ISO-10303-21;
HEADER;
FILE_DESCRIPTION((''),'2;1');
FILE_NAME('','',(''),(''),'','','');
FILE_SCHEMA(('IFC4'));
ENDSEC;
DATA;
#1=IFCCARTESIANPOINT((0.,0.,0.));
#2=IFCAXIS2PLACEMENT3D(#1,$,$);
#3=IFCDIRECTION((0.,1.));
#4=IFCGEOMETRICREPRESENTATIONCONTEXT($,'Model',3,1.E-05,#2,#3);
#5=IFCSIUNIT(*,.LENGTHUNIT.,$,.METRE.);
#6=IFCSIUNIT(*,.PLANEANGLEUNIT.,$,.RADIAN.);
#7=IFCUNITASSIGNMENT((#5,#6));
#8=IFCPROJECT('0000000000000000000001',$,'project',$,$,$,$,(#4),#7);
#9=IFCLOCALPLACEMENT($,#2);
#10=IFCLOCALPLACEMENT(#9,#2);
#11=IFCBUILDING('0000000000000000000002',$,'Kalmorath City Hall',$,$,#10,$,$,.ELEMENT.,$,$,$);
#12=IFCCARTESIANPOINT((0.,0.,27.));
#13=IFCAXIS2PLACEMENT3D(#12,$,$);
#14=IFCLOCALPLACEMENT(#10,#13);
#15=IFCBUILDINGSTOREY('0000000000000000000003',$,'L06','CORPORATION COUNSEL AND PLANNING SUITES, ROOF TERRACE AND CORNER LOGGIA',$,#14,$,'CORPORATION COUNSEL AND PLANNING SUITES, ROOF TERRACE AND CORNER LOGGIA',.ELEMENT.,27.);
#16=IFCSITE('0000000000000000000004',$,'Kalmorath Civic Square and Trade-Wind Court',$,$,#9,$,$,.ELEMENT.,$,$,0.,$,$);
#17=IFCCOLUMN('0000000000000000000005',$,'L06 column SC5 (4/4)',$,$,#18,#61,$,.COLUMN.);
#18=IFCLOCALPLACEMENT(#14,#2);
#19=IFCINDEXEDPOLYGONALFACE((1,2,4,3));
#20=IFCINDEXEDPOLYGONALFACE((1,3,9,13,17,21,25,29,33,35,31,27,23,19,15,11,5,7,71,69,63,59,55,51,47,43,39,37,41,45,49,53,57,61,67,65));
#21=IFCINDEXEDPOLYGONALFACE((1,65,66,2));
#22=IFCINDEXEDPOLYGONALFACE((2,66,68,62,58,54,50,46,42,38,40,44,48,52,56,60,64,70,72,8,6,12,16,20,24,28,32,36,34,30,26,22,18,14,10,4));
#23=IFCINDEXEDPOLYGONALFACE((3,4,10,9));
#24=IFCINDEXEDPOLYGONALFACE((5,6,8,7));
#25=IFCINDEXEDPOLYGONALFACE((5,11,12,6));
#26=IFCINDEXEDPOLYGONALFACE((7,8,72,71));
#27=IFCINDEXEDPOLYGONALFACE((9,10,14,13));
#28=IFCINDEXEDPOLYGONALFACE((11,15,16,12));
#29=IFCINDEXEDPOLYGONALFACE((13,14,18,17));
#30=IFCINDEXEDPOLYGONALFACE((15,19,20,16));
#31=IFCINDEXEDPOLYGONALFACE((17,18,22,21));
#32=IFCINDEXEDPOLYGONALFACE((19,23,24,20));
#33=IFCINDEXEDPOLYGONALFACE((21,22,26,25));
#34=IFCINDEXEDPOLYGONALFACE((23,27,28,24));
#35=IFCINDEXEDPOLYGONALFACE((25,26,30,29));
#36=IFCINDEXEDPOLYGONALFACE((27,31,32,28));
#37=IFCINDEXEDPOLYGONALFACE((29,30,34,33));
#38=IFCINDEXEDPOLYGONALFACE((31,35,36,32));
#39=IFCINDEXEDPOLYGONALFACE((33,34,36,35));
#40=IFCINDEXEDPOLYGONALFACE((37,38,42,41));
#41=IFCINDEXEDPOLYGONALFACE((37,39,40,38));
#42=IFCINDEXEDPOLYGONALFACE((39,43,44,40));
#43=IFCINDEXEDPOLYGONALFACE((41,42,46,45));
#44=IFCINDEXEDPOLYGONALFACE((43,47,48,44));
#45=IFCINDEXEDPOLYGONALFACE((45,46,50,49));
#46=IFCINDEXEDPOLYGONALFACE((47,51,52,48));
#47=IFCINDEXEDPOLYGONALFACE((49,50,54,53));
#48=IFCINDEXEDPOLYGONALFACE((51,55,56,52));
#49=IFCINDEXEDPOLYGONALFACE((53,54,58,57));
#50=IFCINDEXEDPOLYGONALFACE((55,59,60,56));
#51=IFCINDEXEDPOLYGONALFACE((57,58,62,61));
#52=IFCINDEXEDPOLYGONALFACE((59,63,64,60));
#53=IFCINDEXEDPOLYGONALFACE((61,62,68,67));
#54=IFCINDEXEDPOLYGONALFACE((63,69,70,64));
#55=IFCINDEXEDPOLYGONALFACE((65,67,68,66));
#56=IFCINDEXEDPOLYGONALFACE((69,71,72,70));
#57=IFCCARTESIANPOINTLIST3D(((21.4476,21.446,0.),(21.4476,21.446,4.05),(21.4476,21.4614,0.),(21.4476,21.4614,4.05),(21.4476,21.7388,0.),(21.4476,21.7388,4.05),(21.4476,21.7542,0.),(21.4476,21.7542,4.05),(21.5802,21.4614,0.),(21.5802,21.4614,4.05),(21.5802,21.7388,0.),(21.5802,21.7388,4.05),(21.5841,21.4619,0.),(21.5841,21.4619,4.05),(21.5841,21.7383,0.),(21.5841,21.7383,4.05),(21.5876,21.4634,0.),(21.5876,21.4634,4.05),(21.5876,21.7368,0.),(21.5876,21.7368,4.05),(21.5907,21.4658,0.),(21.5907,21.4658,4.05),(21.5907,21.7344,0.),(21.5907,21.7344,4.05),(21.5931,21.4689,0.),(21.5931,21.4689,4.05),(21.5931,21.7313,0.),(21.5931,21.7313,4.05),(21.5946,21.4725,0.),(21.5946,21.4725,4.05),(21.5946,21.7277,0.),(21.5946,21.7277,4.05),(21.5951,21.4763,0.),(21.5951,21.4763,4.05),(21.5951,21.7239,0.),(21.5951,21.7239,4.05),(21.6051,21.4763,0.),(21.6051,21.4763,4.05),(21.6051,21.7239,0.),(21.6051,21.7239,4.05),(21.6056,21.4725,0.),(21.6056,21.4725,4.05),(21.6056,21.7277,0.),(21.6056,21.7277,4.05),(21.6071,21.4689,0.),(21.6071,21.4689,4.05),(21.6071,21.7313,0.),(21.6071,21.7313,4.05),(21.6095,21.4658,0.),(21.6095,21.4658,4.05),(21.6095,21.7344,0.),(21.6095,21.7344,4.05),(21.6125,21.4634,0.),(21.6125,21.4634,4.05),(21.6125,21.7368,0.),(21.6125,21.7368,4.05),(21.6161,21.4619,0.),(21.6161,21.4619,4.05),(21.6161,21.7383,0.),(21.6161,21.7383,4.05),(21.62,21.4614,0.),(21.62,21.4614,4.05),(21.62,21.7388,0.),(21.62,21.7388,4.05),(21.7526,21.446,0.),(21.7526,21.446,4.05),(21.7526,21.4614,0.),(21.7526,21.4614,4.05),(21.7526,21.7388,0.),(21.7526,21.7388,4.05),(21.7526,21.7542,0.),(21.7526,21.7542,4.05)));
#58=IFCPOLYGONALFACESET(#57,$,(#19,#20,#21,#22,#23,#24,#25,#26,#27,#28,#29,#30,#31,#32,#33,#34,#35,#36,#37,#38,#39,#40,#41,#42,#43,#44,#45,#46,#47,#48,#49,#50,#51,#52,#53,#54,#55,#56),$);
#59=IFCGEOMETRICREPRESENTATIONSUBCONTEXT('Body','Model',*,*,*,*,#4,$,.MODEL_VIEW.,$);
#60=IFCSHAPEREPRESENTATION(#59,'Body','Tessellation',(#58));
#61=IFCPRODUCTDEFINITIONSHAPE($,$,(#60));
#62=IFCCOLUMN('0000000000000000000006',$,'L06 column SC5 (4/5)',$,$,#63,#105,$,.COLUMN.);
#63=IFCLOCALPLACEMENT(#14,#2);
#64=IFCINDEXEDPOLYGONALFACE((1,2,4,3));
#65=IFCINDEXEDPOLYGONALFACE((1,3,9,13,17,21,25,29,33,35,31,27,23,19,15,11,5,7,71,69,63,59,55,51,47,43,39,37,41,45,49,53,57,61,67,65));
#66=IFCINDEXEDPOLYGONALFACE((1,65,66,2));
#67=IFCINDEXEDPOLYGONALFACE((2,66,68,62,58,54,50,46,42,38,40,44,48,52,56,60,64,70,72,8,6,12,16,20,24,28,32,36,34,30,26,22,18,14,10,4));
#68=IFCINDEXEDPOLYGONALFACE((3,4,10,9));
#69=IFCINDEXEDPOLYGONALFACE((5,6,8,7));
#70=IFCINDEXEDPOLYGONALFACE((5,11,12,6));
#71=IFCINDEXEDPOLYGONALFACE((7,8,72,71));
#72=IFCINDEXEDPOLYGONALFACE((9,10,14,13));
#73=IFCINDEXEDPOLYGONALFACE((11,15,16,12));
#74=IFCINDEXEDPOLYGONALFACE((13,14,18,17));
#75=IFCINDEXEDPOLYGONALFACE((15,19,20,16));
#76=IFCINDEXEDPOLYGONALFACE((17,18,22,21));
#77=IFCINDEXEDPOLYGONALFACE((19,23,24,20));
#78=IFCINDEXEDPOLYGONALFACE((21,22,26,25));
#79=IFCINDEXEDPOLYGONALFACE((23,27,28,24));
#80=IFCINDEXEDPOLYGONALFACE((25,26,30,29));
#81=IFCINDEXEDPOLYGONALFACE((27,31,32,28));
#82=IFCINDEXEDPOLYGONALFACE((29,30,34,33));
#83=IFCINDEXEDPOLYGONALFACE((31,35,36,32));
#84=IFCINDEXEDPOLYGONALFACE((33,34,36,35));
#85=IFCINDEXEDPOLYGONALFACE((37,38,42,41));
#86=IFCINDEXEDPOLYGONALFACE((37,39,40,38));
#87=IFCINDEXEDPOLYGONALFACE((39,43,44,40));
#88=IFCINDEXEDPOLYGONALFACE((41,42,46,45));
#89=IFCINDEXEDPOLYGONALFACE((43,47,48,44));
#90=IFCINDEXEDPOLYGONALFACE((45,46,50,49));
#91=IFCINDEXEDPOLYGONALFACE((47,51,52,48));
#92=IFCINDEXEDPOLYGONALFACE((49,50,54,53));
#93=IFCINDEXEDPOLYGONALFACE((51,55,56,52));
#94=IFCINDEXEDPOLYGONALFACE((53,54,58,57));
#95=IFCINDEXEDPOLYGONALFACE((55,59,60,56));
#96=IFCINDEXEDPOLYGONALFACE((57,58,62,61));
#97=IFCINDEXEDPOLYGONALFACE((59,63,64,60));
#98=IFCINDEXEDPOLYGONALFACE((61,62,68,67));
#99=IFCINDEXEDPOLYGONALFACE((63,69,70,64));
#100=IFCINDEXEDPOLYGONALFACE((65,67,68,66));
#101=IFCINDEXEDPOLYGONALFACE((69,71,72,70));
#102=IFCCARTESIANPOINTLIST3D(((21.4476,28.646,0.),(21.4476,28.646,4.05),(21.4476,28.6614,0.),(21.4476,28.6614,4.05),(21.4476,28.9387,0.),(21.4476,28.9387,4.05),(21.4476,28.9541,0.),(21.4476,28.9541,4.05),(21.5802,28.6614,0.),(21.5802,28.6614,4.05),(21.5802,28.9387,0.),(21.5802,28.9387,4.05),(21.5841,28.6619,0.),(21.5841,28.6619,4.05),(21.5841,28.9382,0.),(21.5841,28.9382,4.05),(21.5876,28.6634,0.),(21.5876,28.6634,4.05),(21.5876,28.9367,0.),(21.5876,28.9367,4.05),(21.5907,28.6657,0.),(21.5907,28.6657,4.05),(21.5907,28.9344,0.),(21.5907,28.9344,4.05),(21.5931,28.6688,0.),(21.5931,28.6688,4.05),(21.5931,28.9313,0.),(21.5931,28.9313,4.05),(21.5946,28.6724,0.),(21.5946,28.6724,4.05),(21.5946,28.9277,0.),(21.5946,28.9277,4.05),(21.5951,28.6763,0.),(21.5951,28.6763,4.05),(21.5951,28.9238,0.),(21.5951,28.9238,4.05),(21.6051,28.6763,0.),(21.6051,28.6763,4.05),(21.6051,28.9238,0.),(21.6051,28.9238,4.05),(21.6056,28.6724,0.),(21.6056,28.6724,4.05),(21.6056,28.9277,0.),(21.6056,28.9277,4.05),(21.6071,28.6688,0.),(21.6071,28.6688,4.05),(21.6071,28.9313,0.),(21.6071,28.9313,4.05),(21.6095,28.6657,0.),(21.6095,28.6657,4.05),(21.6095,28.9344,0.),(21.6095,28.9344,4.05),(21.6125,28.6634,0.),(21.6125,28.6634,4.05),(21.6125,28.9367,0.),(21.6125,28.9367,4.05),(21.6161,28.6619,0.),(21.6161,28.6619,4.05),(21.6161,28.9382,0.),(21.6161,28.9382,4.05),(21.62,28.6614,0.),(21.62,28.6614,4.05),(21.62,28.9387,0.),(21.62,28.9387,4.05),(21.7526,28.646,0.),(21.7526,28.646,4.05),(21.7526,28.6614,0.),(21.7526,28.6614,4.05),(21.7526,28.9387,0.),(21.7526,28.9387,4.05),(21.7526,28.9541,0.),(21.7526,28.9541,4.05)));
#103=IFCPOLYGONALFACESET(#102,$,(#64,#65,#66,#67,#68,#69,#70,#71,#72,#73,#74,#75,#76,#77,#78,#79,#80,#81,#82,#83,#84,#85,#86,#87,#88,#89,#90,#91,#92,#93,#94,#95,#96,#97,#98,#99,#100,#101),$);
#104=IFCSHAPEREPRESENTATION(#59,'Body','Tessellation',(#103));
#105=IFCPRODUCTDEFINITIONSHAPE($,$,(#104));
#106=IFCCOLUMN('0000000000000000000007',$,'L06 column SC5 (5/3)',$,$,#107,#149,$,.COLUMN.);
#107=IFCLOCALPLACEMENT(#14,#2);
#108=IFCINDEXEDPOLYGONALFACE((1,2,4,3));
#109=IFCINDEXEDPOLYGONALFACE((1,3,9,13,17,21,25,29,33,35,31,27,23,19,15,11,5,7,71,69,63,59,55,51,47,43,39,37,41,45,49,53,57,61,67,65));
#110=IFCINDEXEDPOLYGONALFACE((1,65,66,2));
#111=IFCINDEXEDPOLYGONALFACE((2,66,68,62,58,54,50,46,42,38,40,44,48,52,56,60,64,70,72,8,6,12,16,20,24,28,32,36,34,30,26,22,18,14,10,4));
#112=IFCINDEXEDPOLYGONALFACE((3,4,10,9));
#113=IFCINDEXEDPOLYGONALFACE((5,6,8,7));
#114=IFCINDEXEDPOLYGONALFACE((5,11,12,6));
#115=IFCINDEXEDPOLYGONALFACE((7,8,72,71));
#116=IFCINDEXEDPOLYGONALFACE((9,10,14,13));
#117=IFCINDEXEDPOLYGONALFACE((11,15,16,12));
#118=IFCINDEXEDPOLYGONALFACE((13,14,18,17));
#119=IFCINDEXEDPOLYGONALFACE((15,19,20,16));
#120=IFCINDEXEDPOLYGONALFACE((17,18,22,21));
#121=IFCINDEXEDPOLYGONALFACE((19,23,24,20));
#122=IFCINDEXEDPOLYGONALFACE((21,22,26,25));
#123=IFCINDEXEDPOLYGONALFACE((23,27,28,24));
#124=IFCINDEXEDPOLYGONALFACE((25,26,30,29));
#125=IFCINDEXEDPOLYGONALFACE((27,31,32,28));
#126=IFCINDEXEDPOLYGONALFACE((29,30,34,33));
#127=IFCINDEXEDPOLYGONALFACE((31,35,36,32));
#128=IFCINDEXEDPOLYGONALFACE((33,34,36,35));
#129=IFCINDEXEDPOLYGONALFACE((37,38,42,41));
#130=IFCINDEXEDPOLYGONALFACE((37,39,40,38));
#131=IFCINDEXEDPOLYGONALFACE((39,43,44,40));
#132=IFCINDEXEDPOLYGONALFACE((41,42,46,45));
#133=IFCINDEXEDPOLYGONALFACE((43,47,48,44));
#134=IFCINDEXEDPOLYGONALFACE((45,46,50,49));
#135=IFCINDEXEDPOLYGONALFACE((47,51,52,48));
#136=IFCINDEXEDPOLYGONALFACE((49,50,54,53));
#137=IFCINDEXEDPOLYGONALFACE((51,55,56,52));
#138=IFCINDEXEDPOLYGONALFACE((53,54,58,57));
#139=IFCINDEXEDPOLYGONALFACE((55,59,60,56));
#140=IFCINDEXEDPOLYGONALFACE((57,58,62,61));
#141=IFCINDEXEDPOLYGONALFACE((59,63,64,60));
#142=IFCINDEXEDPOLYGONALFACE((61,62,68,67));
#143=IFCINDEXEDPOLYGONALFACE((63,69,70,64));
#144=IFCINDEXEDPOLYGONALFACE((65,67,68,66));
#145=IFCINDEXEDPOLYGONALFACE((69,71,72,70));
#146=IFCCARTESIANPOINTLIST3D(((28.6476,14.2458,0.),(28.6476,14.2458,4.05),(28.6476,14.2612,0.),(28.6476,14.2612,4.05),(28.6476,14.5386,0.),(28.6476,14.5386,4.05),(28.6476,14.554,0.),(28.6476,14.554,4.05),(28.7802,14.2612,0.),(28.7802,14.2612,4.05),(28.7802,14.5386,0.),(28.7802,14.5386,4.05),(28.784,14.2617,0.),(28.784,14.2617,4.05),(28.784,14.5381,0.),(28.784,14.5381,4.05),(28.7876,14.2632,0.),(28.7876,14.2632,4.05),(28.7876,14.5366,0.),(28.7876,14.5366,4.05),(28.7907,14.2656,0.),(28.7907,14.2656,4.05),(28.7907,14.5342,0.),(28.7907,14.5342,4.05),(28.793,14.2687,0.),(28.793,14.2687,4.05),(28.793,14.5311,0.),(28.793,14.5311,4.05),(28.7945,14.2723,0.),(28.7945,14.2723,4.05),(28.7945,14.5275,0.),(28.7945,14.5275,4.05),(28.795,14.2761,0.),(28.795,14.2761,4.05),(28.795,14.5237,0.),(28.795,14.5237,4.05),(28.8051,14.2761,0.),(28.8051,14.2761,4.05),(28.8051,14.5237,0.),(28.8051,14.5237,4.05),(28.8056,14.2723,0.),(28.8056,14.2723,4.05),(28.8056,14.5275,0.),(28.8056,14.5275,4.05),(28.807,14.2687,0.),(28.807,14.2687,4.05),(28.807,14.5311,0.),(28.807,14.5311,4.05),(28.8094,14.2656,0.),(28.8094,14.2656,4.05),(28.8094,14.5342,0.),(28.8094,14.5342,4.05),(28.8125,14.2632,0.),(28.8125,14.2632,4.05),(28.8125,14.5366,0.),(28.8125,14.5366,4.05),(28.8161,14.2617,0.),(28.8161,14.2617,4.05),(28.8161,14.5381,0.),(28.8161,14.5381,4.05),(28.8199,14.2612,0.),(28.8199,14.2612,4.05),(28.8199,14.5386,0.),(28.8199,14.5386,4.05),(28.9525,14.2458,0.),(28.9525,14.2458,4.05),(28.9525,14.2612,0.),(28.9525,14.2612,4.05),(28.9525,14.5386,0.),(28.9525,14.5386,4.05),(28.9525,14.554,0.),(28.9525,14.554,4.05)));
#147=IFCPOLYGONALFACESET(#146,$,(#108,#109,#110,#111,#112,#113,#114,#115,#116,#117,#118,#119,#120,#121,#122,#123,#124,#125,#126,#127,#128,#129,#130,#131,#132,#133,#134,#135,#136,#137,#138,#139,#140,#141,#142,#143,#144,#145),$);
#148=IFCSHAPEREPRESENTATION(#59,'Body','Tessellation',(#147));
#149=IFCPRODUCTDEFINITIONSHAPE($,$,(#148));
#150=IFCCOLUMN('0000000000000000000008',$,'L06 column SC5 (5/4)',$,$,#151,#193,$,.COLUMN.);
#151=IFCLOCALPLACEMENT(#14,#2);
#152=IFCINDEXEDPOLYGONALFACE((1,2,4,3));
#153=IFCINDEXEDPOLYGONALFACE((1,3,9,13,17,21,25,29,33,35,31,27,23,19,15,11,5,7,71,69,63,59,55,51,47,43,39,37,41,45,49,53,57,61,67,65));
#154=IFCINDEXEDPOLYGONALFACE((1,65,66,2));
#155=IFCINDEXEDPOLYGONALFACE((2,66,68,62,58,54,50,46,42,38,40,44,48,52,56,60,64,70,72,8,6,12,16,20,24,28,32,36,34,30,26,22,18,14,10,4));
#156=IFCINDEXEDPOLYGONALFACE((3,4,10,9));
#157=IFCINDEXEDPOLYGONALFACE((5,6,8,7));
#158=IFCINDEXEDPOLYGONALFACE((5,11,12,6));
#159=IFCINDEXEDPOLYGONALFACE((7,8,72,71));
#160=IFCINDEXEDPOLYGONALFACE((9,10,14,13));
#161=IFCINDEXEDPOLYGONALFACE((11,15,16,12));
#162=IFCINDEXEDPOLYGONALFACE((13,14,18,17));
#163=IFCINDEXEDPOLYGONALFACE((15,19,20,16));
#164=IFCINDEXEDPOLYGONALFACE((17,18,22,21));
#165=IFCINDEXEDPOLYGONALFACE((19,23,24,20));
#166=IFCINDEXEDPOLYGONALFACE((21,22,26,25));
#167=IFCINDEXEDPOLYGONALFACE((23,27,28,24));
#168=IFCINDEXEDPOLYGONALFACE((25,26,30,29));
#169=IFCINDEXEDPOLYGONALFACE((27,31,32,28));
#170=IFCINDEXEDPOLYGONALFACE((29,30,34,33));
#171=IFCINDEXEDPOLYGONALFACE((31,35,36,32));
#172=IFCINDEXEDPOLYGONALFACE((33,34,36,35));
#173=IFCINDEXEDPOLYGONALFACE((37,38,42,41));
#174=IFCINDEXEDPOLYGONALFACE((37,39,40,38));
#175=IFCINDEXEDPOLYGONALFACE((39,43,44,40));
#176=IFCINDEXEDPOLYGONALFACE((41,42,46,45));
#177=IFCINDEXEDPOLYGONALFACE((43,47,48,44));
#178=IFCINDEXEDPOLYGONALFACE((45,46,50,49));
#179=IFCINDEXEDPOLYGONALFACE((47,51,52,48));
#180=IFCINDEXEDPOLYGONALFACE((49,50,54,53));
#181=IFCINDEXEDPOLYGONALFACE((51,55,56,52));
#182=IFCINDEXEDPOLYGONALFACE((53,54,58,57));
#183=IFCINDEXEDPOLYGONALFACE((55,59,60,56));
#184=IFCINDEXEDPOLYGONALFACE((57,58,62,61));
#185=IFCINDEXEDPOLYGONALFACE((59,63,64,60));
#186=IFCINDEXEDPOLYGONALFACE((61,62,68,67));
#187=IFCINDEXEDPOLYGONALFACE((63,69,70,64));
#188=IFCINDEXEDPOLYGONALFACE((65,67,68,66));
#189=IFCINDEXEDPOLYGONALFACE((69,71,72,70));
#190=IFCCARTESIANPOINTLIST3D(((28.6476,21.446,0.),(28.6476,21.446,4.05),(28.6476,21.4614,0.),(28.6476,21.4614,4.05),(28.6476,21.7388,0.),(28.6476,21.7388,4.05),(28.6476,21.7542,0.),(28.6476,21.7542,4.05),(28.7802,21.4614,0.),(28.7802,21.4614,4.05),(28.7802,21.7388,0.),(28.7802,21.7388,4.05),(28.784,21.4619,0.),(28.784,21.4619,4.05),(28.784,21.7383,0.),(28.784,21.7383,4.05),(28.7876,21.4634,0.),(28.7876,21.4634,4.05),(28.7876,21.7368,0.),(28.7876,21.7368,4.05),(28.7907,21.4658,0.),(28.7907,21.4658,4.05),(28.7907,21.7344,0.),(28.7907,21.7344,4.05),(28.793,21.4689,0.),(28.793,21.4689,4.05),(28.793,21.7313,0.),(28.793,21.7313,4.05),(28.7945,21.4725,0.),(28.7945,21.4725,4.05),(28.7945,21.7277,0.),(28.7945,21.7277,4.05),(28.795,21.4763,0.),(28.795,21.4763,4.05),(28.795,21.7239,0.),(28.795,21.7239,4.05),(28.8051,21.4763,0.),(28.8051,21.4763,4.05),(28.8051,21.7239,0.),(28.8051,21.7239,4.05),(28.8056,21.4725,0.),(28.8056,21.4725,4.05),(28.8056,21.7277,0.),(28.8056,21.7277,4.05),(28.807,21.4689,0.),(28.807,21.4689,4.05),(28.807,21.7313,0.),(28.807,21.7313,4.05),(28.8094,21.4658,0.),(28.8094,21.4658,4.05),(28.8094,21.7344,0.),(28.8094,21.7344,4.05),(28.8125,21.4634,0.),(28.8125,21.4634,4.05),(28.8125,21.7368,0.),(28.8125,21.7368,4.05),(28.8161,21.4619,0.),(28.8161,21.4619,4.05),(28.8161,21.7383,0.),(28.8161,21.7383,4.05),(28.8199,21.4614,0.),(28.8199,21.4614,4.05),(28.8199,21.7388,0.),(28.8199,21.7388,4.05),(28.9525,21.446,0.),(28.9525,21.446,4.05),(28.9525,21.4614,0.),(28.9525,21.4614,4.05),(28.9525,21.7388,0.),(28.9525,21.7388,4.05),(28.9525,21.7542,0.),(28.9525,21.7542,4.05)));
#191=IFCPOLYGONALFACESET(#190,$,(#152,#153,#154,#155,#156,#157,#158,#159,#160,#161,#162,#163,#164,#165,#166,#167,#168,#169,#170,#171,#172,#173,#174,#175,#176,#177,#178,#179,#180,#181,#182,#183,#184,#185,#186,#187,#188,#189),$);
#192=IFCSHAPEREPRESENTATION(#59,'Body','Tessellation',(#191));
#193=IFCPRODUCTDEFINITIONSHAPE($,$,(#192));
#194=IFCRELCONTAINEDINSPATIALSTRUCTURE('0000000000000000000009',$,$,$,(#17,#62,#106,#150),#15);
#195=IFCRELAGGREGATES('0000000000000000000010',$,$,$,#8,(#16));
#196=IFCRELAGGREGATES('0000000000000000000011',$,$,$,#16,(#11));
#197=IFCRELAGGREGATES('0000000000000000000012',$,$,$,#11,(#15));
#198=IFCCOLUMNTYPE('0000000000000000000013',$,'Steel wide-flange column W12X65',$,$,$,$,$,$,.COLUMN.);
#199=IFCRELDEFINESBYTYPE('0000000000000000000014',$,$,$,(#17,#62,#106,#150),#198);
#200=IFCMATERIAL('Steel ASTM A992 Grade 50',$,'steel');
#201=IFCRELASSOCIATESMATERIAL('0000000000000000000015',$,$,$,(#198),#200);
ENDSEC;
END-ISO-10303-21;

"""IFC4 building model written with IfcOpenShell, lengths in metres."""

from ifc_helpers import new_model, si_unit, direction, frame, origin, origin_2d, place, context, subcontext, project, spatial, i_section, extrude, material, material_profile, profile_set, type_object, element, save


model = new_model("IFC4")

# Units and contexts
model_context = context("Model", 3, precision=1e-05, world=origin(), true_north=direction((0.0, 1.0)))
body_context = subcontext(model_context, "Body", "Model", "MODEL_VIEW")
ifc_project = project(units=[si_unit("LENGTHUNIT", "METRE"), si_unit("PLANEANGLEUNIT", "RADIAN")], contexts=[model_context])

# Site, building, storey
site_placement = place(None, origin())
site = spatial("IfcSite", under=ifc_project, at=site_placement, Name="Kalmorath Civic Square and Trade-Wind Court", CompositionType="ELEMENT", RefElevation=0.0)
building_placement = place(site_placement, origin())
building = spatial("IfcBuilding", under=site, at=building_placement, Name="Kalmorath City Hall", CompositionType="ELEMENT")
storey_placement = place(building_placement, frame((0.0, 0.0, 27.0)))
storey = spatial("IfcBuildingStorey", under=building, at=storey_placement, Name="L06", Description="CORPORATION COUNSEL AND PLANNING SUITES, ROOF TERRACE AND CORNER LOGGIA", LongName="CORPORATION COUNSEL AND PLANNING SUITES, ROOF TERRACE AND CORNER LOGGIA", CompositionType="ELEMENT", Elevation=27.0)

# Columns
ifc_material_1 = material(Name="Steel ASTM A992 Grade 50", Category="steel")
ifc_material_profile_1 = material_profile(ifc_material_1, i_section(OverallWidth=0.3049, OverallDepth=0.3081, WebThickness=0.01, FlangeThickness=0.0154, FilletRadius=0.0149, at=origin_2d()), Name="W12X65")
ifc_profile_set_1 = profile_set([ifc_material_profile_1], Name="Steel ASTM A992 Grade 50")
column_type = type_object("IfcColumnType", Name="Steel wide-flange column W12X65", PredefinedType="COLUMN", material=ifc_profile_set_1)
for number, where, z_axis, x_axis, name in (
    (1, (21.6001, 21.6001, 0.0), (0.0, 0.0, 1.0), (1.0, 0.0, 0.0), "L06 column SC5 (4/4)"),
    (2, (21.6001, 28.8, 0.0), (0.0, 0.0, 1.0), (1.0, 0.0, 0.0), "L06 column SC5 (4/5)"),
    (3, (28.8, 14.3999, 0.0), (0.0, 0.0, 1.0), (1.0, 0.0, 0.0), "L06 column SC5 (5/3)"),
    (4, (28.8, 21.6001, 0.0), (0.0, 0.0, 1.0), (1.0, 0.0, 0.0), "L06 column SC5 (5/4)"),
):
    element("IfcColumn", number, at=place(storey_placement, frame(where, z_axis=z_axis, x_axis=x_axis)), inside=storey, type_object=column_type, Name=name, PredefinedType="COLUMN", context=body_context, shape_type="SweptSolid", body=[
        extrude(i_section(OverallWidth=0.3049, OverallDepth=0.3081, WebThickness=0.01, FlangeThickness=0.0154, FilletRadius=0.0149, at=origin_2d()), origin(), (0.0, 0.0, 1.0), 4.05),
    ])

save(model, "model.ifc")
